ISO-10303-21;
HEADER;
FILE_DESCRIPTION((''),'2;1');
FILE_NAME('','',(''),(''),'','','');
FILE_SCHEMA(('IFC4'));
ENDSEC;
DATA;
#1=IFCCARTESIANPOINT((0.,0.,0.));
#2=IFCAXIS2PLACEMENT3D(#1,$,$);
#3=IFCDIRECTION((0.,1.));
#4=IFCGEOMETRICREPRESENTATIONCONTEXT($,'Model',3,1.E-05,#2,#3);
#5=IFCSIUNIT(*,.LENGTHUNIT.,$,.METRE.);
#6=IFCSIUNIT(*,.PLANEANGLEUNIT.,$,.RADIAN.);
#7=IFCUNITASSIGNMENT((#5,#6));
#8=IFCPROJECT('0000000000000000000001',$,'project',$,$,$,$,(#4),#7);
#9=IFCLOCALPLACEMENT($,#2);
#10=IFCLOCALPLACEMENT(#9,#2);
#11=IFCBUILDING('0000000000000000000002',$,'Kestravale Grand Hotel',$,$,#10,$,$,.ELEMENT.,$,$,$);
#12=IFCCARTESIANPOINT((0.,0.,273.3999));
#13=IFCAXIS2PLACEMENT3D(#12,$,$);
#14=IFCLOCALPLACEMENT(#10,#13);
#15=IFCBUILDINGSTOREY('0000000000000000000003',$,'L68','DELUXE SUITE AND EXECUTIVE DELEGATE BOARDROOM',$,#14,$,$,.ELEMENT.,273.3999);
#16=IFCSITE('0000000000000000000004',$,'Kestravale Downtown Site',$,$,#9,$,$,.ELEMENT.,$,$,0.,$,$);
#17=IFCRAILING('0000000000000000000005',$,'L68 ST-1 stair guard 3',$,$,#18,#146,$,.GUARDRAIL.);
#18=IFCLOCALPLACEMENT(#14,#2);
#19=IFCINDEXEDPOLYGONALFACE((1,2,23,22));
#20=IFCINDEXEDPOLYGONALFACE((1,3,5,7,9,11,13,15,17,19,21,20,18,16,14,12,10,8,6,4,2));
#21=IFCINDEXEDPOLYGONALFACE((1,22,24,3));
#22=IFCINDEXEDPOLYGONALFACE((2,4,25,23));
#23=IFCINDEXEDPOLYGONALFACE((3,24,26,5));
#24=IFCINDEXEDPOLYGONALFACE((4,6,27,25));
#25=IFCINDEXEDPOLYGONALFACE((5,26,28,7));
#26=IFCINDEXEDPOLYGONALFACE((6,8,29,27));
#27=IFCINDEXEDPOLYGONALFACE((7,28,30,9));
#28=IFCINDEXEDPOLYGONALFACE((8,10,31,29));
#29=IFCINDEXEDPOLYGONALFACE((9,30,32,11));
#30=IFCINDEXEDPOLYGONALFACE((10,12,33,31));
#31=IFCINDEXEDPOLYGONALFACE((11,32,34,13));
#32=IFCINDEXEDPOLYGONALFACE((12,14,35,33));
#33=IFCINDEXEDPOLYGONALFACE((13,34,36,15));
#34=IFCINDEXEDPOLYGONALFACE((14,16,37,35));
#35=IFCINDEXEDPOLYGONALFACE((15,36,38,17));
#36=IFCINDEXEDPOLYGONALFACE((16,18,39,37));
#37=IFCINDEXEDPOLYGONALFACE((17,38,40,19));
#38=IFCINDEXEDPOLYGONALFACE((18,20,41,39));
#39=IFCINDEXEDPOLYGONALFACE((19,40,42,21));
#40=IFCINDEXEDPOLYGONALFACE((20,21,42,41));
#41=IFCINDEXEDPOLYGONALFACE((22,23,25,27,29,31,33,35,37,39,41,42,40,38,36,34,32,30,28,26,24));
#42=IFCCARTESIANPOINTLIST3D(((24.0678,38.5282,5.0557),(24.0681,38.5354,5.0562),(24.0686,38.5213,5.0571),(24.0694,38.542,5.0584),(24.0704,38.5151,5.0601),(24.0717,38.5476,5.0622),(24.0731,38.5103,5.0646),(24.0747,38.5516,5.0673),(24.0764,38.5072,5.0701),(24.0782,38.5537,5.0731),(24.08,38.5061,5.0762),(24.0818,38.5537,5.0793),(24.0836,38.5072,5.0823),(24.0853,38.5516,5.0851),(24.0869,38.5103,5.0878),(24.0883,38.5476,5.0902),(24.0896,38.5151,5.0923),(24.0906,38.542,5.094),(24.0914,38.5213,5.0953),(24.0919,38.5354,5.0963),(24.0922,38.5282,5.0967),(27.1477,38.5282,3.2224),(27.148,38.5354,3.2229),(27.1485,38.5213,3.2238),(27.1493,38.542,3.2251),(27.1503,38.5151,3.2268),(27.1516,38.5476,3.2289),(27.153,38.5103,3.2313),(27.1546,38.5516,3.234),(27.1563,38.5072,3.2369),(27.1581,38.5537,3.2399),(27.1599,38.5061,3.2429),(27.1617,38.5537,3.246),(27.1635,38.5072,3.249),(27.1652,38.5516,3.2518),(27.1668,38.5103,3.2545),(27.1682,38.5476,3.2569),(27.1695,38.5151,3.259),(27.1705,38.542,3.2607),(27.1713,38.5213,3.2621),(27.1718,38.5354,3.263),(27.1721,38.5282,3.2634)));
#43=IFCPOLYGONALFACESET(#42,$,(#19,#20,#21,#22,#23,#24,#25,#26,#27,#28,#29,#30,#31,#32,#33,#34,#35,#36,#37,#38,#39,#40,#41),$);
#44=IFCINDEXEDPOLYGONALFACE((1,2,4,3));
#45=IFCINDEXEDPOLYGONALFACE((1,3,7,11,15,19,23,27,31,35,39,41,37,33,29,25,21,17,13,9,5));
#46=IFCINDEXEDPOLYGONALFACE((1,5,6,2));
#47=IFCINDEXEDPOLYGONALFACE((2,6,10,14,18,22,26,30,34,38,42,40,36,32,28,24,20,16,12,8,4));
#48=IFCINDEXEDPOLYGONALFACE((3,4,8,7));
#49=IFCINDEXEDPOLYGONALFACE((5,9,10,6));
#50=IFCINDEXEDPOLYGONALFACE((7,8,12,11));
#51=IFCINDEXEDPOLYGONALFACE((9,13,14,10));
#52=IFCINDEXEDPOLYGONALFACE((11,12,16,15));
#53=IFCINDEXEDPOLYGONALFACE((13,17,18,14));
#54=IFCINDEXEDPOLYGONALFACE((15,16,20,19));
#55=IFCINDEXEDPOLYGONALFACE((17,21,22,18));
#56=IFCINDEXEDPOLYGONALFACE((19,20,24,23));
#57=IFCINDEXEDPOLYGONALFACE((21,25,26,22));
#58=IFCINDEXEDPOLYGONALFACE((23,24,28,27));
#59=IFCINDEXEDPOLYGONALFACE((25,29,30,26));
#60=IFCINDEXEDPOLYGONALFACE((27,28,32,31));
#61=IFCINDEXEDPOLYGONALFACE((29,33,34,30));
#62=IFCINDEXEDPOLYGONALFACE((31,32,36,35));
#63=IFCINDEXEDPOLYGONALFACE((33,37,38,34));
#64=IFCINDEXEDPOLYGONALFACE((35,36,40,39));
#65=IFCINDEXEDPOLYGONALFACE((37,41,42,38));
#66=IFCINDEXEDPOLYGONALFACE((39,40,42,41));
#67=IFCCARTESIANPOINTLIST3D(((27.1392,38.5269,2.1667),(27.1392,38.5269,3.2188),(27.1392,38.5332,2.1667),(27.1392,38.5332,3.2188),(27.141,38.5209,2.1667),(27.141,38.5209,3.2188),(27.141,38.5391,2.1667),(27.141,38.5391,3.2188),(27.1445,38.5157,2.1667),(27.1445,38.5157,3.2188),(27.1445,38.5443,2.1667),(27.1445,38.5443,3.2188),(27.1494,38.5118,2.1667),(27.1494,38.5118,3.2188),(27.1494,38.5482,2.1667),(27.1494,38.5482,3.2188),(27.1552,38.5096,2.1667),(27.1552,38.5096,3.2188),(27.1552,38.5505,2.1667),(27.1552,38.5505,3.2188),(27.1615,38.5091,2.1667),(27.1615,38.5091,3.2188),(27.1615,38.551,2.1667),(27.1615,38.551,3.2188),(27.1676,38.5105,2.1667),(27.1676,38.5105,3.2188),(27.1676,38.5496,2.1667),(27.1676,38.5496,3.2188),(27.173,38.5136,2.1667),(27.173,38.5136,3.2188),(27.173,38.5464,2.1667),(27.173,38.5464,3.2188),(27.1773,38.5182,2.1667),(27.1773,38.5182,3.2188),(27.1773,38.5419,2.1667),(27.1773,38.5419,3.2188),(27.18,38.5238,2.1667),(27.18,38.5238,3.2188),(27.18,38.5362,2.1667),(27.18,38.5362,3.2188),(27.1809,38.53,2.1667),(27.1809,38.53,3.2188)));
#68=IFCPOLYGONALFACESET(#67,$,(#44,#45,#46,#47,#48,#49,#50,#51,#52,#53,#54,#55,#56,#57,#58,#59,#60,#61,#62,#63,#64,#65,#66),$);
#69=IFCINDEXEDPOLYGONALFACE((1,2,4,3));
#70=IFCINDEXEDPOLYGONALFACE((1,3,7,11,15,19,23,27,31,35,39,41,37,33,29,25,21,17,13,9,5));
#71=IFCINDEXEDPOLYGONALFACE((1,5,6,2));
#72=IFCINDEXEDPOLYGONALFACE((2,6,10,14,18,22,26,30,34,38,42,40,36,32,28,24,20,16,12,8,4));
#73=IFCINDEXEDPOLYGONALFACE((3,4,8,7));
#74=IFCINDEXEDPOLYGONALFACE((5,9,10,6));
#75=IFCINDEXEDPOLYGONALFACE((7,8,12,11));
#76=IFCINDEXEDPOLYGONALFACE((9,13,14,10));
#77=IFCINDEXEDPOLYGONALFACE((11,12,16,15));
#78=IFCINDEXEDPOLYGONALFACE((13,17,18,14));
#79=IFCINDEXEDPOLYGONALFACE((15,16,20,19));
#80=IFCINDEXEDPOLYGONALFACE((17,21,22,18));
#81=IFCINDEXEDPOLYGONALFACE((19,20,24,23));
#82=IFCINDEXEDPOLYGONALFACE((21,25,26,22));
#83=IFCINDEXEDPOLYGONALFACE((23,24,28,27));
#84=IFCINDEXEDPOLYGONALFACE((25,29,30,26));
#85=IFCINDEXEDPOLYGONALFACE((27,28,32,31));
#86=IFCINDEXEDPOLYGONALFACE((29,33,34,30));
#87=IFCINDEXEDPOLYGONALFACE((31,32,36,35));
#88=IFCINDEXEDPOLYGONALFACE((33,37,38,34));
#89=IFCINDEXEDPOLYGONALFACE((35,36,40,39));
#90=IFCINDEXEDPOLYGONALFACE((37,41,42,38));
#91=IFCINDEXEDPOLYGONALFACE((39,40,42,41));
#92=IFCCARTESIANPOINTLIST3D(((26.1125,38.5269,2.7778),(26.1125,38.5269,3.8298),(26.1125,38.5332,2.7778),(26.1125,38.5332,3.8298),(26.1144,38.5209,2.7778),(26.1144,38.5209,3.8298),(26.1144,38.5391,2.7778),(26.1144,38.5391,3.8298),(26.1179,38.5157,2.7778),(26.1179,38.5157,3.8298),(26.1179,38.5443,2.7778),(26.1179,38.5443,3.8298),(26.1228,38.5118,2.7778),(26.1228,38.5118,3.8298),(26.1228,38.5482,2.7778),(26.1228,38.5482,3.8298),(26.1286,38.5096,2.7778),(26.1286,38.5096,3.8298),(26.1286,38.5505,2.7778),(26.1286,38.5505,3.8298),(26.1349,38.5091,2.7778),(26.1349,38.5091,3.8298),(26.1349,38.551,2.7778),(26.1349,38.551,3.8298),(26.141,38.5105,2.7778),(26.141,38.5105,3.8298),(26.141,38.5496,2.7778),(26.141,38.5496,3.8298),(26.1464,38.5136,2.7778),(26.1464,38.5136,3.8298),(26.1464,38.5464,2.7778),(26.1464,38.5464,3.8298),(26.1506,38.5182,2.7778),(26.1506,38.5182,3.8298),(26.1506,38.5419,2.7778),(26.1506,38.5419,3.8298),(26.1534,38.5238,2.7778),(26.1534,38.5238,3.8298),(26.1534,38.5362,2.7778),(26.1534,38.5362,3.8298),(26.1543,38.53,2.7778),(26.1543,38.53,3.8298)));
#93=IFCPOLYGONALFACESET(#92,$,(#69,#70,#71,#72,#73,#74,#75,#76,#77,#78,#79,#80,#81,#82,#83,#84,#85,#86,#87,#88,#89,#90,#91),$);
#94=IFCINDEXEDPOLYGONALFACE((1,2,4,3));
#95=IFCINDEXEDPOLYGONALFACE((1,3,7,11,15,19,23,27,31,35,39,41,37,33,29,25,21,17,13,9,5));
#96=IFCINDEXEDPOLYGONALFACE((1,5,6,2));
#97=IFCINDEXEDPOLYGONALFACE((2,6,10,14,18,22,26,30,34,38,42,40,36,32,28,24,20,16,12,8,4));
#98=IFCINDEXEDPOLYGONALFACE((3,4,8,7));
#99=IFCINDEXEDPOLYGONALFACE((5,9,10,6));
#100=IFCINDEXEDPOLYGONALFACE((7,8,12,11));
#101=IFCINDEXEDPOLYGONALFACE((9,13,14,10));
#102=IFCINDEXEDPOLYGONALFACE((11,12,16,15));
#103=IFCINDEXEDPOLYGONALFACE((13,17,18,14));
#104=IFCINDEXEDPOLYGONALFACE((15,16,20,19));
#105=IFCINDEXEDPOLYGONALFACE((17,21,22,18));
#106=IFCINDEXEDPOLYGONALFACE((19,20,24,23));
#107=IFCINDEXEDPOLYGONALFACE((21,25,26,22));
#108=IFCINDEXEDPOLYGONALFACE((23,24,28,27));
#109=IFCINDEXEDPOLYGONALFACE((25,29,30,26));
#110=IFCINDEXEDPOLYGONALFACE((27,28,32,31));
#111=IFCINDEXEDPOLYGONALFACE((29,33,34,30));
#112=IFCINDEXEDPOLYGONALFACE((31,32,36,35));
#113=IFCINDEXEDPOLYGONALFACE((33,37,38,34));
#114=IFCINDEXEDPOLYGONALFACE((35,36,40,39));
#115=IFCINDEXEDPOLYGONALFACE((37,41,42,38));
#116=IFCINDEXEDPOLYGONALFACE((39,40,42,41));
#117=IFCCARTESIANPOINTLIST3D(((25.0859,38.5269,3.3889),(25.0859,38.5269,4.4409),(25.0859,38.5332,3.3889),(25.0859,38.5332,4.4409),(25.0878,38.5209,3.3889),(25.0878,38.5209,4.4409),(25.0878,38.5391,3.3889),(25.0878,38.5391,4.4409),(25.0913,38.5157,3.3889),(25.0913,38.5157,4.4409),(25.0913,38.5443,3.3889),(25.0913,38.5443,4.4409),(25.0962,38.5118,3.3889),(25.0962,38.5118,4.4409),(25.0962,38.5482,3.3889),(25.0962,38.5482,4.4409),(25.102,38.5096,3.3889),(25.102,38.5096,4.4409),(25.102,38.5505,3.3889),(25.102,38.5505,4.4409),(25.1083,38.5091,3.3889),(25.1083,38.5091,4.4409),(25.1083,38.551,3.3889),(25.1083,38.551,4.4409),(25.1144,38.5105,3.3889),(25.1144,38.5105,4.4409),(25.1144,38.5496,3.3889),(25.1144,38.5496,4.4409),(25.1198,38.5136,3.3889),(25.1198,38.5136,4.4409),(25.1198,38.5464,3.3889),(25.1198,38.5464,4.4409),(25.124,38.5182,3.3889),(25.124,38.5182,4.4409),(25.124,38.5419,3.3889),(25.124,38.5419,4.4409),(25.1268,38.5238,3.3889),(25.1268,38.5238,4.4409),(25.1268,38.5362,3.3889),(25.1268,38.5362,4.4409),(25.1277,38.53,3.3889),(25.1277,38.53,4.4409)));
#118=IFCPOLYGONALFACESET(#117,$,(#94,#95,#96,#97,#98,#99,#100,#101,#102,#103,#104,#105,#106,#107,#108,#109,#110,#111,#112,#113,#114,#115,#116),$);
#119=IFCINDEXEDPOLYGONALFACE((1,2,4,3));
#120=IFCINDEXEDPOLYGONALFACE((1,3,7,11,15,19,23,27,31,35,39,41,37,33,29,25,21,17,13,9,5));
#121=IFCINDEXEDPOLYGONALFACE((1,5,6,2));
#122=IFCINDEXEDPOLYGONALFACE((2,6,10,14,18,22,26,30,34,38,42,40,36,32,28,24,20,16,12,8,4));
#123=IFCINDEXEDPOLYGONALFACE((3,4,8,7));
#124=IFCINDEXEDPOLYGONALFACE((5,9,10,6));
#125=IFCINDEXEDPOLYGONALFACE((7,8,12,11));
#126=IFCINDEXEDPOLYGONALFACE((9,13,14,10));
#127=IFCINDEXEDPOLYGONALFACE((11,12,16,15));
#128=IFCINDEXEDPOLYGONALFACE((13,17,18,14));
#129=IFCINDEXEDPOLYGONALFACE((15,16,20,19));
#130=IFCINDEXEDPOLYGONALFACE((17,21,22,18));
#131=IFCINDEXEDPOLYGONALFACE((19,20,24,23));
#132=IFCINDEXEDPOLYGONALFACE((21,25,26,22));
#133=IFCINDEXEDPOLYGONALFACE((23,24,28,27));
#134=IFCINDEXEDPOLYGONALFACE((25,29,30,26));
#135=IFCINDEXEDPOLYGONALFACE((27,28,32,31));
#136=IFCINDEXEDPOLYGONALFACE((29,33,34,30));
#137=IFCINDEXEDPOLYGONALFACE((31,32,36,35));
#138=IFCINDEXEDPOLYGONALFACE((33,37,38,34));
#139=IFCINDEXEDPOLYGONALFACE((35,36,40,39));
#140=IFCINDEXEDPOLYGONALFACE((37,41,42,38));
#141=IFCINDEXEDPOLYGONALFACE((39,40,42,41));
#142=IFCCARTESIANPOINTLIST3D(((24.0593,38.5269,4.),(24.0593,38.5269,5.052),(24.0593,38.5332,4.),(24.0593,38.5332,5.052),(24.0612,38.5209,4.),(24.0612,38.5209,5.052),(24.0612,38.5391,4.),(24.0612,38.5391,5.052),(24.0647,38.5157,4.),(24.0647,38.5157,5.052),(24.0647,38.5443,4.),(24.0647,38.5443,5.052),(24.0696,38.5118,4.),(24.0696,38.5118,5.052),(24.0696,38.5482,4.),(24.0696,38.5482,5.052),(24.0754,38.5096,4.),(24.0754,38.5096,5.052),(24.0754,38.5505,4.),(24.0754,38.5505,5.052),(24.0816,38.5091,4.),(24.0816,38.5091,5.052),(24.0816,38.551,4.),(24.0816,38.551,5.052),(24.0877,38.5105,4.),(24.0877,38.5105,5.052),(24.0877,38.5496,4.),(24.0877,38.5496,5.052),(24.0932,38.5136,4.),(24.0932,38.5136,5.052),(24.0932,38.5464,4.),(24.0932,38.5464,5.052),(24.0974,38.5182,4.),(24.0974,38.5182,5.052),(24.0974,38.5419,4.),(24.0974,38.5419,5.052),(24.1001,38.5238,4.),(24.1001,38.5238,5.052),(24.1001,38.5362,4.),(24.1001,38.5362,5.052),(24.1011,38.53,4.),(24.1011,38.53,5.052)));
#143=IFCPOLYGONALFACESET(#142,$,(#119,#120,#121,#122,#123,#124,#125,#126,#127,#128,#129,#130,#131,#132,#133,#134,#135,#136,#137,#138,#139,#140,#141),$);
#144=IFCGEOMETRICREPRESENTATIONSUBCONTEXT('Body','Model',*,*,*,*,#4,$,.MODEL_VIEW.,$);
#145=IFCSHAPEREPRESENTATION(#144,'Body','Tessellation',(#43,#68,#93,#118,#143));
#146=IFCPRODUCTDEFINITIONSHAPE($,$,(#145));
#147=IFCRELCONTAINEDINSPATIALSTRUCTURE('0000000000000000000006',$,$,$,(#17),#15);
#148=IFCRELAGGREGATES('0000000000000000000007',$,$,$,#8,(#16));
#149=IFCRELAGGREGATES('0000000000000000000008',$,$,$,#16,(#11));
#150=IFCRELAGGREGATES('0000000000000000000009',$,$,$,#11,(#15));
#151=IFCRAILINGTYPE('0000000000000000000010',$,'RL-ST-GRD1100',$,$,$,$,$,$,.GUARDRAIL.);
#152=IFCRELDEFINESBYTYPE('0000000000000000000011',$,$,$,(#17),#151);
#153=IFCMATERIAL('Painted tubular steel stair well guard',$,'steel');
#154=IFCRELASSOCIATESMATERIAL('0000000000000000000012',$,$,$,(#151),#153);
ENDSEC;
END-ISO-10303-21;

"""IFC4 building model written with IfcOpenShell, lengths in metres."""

from ifc_helpers import new_model, si_unit, direction, frame, origin, origin_2d, place, context, subcontext, project, spatial, circle, extrude, material, type_object, element, save


model = new_model("IFC4")

# Units and contexts
model_context = context("Model", 3, precision=1e-05, world=origin(), true_north=direction((0.0, 1.0)))
body_context = subcontext(model_context, "Body", "Model", "MODEL_VIEW")
ifc_project = project(units=[si_unit("LENGTHUNIT", "METRE"), si_unit("PLANEANGLEUNIT", "RADIAN")], contexts=[model_context])

# Site, building, storey
site_placement = place(None, origin())
site = spatial("IfcSite", under=ifc_project, at=site_placement, Name="Kestravale Downtown Site", CompositionType="ELEMENT", RefElevation=0.0)
building_placement = place(site_placement, origin())
building = spatial("IfcBuilding", under=site, at=building_placement, Name="Kestravale Grand Hotel", CompositionType="ELEMENT")
storey_placement = place(building_placement, frame((0.0, 0.0, 273.3999)))
storey = spatial("IfcBuildingStorey", under=building, at=storey_placement, Name="L68", Description="DELUXE SUITE AND EXECUTIVE DELEGATE BOARDROOM", CompositionType="ELEMENT", Elevation=273.3999)

# Railing
ifc_material_1 = material(Name="Painted tubular steel stair well guard", Category="steel")
railing_type_1 = type_object("IfcRailingType", Name="RL-ST-GRD1100", PredefinedType="GUARDRAIL", material=ifc_material_1)
railing_1_placement = place(storey_placement, frame((27.1599, 38.53, 2.1667)))
element("IfcRailing", 1, at=railing_1_placement, inside=storey, type_object=railing_type_1, Name="L68 ST-1 stair guard 3", PredefinedType="GUARDRAIL", context=body_context, shape_type="SweptSolid", body=[
    extrude(circle(Radius=0.0239, at=origin_2d()), frame((0.0, 0.0, 1.0762), z_axis=(-0.859291, 0.0, 0.511487), x_axis=(0.0, -1.0, 0.0)), (0.0, 0.0, 1.0), 3.5842),
    extrude(circle(Radius=0.021, at=origin_2d()), origin(), (0.0, 0.0, 1.0), 1.052),
    extrude(circle(Radius=0.021, at=origin_2d()), frame((-1.0266, 0.0, 0.6111)), (0.0, 0.0, 1.0), 1.052),
    extrude(circle(Radius=0.021, at=origin_2d()), frame((-2.0532, 0.0, 1.2222)), (0.0, 0.0, 1.0), 1.052),
    extrude(circle(Radius=0.021, at=origin_2d()), frame((-3.0798, 0.0, 1.8333)), (0.0, 0.0, 1.0), 1.052),
])

save(model, "model.ifc")
